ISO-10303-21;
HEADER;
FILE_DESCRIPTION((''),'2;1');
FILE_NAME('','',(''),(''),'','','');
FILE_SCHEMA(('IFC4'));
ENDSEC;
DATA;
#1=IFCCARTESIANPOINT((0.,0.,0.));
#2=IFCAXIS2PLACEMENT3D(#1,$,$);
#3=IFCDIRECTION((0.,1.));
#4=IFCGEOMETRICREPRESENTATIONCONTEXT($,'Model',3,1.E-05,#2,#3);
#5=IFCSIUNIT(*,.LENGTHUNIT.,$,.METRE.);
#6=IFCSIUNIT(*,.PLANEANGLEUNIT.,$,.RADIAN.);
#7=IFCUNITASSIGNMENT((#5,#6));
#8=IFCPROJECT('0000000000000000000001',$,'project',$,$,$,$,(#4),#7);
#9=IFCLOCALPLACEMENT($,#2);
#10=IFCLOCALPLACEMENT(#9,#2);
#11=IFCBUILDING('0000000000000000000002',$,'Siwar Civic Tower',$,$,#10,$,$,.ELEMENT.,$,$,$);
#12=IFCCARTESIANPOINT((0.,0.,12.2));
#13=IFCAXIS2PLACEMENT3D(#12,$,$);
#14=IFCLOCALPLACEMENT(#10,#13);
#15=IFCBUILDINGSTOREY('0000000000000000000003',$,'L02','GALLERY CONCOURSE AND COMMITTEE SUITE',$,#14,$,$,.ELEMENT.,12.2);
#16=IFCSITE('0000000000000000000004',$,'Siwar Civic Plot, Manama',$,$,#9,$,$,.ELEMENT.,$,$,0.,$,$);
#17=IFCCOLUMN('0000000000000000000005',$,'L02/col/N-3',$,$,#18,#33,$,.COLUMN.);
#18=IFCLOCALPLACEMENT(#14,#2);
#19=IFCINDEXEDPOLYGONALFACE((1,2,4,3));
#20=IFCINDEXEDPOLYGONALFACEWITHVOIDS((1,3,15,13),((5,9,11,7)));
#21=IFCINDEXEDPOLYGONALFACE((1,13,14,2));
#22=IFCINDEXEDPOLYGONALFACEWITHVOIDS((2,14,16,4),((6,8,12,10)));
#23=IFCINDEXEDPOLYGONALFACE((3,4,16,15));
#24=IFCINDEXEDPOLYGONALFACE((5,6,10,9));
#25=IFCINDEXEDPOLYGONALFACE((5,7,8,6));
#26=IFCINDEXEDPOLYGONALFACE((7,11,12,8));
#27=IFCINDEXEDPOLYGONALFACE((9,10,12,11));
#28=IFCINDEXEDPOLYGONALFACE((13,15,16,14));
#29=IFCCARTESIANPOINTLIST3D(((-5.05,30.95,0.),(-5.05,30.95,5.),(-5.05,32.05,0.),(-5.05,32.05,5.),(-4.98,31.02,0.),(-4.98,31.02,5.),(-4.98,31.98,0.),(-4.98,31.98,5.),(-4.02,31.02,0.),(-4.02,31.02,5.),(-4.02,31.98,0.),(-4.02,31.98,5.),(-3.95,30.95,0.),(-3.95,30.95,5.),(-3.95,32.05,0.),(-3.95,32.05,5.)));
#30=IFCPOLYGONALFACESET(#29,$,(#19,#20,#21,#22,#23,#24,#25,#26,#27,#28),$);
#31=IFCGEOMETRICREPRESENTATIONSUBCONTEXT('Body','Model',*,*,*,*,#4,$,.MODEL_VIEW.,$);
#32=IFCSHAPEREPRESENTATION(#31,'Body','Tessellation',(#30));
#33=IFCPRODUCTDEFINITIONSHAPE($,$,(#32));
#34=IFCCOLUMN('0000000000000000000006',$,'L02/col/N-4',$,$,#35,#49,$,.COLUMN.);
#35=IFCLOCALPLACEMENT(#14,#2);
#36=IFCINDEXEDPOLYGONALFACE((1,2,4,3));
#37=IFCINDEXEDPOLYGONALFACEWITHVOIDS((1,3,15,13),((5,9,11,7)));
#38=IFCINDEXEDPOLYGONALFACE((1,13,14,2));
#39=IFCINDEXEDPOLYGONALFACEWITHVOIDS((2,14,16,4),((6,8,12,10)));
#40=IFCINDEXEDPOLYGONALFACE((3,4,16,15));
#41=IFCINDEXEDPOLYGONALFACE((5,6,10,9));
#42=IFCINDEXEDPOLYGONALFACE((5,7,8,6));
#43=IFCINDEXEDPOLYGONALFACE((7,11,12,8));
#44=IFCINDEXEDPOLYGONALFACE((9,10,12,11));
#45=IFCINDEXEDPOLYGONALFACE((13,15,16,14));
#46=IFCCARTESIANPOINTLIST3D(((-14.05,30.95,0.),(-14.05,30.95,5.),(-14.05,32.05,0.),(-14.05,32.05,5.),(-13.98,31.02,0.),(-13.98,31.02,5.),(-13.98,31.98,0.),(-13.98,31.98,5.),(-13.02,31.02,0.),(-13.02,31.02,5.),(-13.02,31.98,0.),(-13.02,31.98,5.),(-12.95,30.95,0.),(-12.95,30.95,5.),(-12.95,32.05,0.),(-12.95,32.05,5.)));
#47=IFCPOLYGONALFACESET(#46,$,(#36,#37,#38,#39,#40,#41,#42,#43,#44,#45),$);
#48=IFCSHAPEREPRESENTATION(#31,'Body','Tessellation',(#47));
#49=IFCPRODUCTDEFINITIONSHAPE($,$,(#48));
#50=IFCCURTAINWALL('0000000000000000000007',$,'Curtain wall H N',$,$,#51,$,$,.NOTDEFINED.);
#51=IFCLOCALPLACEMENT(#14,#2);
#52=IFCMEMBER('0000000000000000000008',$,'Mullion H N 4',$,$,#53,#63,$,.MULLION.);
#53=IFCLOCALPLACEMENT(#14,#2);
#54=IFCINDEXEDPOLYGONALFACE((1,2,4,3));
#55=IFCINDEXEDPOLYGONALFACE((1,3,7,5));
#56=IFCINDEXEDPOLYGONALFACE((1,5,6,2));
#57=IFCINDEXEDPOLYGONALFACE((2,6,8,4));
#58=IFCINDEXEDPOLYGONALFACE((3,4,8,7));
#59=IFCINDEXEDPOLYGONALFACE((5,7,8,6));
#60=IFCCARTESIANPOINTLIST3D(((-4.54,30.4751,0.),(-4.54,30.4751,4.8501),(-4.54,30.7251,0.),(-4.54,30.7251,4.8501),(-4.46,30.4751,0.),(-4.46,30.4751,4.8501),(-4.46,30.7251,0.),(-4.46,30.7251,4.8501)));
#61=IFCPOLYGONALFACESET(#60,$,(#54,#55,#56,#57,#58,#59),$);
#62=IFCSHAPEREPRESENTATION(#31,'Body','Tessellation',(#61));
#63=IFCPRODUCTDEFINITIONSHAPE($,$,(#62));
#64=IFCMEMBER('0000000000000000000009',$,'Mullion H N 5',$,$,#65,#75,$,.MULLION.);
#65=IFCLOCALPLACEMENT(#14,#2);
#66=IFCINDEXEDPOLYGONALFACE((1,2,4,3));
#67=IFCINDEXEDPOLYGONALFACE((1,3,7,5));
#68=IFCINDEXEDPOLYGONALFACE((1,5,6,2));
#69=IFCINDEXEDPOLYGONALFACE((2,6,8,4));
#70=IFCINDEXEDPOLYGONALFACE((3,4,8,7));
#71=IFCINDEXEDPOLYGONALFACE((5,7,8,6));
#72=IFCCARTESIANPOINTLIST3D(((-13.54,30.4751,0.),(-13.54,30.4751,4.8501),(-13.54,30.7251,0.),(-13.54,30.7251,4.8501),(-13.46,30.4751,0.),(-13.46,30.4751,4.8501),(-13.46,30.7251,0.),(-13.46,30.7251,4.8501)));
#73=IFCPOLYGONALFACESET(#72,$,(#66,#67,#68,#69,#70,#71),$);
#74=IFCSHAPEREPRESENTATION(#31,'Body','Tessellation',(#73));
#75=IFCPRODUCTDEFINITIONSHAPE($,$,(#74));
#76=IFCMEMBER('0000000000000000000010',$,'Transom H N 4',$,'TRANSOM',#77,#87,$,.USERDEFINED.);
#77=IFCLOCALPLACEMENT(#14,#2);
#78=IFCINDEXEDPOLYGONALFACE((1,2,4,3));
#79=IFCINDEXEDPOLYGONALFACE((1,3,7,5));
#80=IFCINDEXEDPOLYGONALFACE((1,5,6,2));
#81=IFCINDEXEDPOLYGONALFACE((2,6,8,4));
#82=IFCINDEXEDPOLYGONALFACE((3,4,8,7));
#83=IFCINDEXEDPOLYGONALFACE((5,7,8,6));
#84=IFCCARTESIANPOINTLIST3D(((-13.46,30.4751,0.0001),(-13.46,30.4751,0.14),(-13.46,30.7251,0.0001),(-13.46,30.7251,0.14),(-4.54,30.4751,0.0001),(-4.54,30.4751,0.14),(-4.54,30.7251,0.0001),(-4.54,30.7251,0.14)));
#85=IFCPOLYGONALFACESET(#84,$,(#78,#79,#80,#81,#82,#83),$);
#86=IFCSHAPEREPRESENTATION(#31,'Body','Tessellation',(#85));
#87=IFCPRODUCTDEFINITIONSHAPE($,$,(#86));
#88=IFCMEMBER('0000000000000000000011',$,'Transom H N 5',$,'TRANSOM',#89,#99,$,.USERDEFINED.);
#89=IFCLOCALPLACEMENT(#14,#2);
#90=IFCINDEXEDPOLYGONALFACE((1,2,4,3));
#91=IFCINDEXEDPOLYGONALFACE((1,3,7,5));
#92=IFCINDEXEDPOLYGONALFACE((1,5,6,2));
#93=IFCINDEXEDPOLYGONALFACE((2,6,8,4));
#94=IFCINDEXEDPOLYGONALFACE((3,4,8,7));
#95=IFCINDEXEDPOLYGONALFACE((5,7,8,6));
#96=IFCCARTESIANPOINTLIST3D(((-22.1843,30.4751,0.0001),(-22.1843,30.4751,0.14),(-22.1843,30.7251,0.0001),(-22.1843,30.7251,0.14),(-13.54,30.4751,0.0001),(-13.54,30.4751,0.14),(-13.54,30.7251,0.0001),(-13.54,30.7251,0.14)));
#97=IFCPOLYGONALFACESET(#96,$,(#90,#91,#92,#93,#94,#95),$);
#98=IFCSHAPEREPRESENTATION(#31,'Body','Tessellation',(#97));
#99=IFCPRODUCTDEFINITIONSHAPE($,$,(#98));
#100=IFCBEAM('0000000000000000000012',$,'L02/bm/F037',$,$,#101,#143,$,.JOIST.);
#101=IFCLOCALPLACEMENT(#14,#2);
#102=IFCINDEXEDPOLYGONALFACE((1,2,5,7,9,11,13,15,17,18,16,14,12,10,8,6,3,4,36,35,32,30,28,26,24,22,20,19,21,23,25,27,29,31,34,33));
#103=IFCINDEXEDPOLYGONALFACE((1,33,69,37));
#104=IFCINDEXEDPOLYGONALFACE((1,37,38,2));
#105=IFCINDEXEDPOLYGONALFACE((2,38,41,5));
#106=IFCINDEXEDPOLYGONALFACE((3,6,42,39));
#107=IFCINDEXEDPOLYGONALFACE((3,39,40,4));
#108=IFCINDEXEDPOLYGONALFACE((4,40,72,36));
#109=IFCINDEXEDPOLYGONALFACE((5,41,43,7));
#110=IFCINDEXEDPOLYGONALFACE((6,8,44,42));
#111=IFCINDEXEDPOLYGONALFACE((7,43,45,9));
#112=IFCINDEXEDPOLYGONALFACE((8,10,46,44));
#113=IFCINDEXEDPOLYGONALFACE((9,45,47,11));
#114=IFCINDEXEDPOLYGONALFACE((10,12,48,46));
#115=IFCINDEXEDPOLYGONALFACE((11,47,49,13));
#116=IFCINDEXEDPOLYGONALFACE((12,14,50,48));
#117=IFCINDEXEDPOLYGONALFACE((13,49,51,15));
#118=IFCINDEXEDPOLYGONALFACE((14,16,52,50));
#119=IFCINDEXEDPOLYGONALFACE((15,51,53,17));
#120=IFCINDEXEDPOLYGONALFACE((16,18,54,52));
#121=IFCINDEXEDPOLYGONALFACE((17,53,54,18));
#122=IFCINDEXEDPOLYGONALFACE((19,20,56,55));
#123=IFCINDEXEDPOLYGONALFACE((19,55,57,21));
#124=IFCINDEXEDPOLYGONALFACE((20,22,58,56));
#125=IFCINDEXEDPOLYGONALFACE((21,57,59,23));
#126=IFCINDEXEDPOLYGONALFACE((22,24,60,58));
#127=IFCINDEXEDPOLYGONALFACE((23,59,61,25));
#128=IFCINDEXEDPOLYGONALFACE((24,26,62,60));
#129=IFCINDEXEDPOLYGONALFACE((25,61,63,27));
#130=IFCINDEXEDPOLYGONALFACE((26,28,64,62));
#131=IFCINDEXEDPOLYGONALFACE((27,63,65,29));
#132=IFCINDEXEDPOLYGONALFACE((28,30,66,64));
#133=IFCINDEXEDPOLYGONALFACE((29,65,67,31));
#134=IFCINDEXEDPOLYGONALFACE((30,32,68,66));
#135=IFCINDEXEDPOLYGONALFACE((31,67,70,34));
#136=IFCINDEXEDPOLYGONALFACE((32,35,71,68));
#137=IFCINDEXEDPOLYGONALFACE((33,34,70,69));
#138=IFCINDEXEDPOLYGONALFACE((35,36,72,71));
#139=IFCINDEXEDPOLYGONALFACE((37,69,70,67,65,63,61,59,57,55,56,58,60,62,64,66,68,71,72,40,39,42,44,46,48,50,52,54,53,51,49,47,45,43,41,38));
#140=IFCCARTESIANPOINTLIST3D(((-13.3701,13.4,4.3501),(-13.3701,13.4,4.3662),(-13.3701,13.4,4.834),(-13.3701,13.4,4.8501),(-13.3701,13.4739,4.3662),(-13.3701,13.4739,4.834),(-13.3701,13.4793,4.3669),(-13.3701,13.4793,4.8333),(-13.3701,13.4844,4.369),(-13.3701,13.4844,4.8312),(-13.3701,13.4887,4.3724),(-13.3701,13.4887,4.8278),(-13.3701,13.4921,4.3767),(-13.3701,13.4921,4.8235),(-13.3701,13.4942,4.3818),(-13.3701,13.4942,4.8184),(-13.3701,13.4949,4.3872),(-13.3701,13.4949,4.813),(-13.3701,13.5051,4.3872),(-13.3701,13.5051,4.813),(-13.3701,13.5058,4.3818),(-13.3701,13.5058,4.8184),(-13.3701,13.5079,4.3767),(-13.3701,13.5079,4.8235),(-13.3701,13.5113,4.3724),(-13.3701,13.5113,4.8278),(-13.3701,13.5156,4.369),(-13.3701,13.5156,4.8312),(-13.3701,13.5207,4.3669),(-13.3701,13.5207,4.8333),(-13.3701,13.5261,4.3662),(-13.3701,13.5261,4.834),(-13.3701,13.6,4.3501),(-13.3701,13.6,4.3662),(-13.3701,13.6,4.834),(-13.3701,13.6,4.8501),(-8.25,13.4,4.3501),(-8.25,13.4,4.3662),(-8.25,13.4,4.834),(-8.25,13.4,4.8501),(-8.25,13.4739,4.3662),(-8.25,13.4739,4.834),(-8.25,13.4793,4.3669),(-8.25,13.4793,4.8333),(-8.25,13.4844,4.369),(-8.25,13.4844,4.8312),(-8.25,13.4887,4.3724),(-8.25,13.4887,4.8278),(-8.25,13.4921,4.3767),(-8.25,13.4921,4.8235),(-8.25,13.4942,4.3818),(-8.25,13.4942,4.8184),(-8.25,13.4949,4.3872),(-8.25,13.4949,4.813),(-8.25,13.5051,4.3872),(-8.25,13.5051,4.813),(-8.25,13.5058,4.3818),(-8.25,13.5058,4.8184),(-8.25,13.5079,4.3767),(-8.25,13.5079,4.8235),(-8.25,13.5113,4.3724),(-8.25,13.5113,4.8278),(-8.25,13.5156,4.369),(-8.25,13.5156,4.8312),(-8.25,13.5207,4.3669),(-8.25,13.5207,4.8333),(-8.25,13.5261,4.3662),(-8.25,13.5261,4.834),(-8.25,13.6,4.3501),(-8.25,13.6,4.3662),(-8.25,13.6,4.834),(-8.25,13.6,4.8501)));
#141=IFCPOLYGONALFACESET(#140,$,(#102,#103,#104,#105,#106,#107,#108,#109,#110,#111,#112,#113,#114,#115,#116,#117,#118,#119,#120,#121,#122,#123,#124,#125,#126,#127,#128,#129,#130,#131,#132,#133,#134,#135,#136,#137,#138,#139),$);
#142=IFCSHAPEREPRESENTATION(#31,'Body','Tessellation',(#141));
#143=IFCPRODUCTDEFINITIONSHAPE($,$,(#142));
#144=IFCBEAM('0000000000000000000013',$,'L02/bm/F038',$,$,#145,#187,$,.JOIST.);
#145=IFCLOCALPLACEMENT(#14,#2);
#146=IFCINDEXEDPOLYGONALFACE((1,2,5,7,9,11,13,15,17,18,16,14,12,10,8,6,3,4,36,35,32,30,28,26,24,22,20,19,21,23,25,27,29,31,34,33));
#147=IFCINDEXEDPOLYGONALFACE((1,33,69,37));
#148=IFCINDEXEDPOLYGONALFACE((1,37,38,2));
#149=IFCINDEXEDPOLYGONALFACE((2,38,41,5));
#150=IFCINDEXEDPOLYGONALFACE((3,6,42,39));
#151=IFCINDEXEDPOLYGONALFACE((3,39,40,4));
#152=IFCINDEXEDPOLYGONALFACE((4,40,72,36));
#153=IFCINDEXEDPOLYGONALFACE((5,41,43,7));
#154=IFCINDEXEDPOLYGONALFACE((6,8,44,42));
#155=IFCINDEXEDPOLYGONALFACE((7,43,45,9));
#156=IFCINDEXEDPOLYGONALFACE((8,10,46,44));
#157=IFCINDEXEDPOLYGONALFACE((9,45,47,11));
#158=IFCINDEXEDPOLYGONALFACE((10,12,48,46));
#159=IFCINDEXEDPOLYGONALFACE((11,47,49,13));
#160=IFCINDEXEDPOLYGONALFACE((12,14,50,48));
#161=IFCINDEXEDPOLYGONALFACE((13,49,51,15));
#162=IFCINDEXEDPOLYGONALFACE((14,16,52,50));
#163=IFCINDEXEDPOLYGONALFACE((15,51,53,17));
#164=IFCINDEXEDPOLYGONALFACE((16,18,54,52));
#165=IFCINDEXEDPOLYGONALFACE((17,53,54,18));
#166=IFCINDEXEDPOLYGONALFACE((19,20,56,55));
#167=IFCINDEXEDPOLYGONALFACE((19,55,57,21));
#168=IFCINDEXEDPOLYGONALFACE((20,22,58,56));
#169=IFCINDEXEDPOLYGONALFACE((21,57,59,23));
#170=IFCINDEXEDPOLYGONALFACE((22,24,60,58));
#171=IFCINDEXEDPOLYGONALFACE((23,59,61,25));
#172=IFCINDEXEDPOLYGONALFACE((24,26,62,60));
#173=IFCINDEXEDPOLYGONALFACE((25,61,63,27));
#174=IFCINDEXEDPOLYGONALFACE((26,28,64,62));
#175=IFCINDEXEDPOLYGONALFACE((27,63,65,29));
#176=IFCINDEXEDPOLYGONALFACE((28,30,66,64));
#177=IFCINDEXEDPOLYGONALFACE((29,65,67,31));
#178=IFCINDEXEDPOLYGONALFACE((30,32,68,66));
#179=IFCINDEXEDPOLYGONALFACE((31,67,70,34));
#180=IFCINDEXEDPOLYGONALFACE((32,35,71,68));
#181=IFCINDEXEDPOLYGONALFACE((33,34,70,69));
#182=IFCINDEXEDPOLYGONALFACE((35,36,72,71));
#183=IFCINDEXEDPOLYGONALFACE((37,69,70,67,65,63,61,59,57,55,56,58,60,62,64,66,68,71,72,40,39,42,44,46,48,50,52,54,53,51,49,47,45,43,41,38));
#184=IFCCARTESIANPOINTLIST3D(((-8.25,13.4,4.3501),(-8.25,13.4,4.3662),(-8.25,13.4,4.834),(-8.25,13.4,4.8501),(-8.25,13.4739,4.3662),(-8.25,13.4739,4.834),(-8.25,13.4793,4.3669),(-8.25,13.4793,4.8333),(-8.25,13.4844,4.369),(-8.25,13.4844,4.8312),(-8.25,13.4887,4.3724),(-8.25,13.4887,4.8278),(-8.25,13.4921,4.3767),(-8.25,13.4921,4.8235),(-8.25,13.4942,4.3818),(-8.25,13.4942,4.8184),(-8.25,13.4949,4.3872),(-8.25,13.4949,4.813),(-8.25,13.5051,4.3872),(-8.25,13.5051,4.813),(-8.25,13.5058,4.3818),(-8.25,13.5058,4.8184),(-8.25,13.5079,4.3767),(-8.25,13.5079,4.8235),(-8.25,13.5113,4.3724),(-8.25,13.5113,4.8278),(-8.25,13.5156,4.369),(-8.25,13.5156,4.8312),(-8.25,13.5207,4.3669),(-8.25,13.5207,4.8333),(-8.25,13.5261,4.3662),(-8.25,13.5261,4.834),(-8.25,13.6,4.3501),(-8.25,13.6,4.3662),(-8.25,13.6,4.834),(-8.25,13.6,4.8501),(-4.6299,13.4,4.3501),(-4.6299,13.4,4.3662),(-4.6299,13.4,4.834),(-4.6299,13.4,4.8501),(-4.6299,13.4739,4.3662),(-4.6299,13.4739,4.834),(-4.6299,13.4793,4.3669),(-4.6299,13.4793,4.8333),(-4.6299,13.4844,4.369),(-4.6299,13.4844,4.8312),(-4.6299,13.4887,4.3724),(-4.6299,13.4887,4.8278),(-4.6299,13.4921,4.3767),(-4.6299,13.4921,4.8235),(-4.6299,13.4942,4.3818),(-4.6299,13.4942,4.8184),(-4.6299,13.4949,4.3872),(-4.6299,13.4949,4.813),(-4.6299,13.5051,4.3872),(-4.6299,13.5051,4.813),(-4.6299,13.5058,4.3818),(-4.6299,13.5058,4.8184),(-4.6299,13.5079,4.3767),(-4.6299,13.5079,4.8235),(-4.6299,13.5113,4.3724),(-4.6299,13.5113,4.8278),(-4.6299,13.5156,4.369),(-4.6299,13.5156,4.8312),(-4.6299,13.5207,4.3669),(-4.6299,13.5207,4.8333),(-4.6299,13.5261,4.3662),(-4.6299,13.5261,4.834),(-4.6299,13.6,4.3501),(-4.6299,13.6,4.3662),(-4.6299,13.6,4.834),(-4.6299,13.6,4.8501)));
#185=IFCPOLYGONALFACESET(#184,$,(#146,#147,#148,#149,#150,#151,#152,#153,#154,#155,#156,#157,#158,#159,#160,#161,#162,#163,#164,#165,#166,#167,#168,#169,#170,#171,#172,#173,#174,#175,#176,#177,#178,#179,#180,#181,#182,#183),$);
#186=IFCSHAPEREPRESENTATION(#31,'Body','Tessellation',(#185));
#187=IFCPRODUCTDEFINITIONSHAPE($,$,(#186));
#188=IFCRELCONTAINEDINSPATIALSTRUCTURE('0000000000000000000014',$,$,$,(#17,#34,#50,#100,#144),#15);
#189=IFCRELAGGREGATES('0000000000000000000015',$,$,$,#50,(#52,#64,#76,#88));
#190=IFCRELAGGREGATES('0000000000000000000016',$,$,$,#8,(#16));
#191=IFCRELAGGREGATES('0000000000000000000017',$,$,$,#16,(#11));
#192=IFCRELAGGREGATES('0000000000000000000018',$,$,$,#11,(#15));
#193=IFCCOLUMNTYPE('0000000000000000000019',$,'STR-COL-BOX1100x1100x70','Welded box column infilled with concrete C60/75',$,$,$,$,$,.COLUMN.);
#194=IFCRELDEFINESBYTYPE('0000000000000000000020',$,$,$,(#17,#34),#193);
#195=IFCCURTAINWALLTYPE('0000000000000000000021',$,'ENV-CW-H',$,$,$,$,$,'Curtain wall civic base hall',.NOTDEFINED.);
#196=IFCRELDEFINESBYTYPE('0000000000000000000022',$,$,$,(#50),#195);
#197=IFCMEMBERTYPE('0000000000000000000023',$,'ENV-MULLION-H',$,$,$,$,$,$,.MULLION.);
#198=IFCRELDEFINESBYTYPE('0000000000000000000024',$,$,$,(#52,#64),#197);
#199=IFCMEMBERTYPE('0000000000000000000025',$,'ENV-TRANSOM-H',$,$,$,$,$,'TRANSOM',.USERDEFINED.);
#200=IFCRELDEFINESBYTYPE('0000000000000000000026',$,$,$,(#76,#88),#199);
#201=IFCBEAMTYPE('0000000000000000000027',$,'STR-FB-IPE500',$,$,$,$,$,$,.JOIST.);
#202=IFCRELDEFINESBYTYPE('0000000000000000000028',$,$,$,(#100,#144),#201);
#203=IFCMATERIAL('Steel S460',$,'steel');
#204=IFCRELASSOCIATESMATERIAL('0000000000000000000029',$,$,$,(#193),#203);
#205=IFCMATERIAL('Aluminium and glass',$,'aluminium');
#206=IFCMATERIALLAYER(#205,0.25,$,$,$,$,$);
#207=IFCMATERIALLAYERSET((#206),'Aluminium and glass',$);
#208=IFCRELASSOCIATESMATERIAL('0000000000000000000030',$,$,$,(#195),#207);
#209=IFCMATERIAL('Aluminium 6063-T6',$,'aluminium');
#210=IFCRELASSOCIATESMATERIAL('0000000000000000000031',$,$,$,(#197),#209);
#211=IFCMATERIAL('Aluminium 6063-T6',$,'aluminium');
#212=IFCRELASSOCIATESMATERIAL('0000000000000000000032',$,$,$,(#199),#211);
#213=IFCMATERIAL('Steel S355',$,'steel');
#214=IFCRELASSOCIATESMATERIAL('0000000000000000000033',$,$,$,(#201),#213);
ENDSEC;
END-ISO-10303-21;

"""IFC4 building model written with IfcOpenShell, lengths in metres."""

from ifc_helpers import new_model, si_unit, direction, frame, origin, origin_2d, place, context, subcontext, project, spatial, rectangle, hollow_rectangle, i_section, extrude, material, layer, layer_set, material_profile, profile_set, type_object, element, aggregate, save


model = new_model("IFC4")

# Units and contexts
model_context = context("Model", 3, precision=1e-05, world=origin(), true_north=direction((0.0, 1.0)))
body_context = subcontext(model_context, "Body", "Model", "MODEL_VIEW")
ifc_project = project(units=[si_unit("LENGTHUNIT", "METRE"), si_unit("PLANEANGLEUNIT", "RADIAN")], contexts=[model_context])

# Site, building, storey
site_placement = place(None, origin())
site = spatial("IfcSite", under=ifc_project, at=site_placement, Name="Siwar Civic Plot, Manama", CompositionType="ELEMENT", RefElevation=0.0)
building_placement = place(site_placement, origin())
building = spatial("IfcBuilding", under=site, at=building_placement, Name="Siwar Civic Tower", CompositionType="ELEMENT")
storey_placement = place(building_placement, frame((0.0, 0.0, 12.2)))
storey = spatial("IfcBuildingStorey", under=building, at=storey_placement, Name="L02", Description="GALLERY CONCOURSE AND COMMITTEE SUITE", CompositionType="ELEMENT", Elevation=12.2)

# Columns
ifc_material_1 = material(Name="Steel S460", Category="steel")
ifc_material_profile_1 = material_profile(ifc_material_1, hollow_rectangle(XDim=1.1001, YDim=1.1001, WallThickness=0.0701, at=origin_2d()), Name="BOX1100x1100x70")
ifc_profile_set_1 = profile_set([ifc_material_profile_1], Name="Steel S460")
column_type = type_object("IfcColumnType", Name="STR-COL-BOX1100x1100x70", Description="Welded box column infilled with concrete C60/75", PredefinedType="COLUMN", material=ifc_profile_set_1)
for number, where, z_axis, x_axis, name in (
    (1, (-4.5, 31.5, 0.0), (0.0, 0.0, 1.0), (1.0, 0.0, 0.0), "L02/col/N-3"),
    (2, (-13.5, 31.5, 0.0), (0.0, 0.0, 1.0), (1.0, 0.0, 0.0), "L02/col/N-4"),
):
    element("IfcColumn", number, at=place(storey_placement, frame(where, z_axis=z_axis, x_axis=x_axis)), inside=storey, type_object=column_type, Name=name, PredefinedType="COLUMN", context=body_context, shape_type="SweptSolid", body=[
        extrude(hollow_rectangle(XDim=1.1001, YDim=1.1001, WallThickness=0.0701, at=origin_2d()), origin(), (0.0, 0.0, 1.0), 5.0),
    ])

# Curtain wall, members
ifc_material_2 = material(Name="Aluminium and glass", Category="aluminium")
ifc_layer_1 = layer(ifc_material_2, 0.25)
ifc_layer_set_1 = layer_set([ifc_layer_1], Name="Aluminium and glass")
curtain_wall_type = type_object("IfcCurtainWallType", Name="ENV-CW-H", ElementType="Curtain wall civic base hall", PredefinedType="NOTDEFINED", material=ifc_layer_set_1)
curtain_wall_placement = place(storey_placement, origin())
curtain_wall = element("IfcCurtainWall", 3, at=curtain_wall_placement, inside=storey, type_object=curtain_wall_type, Name="Curtain wall H N", PredefinedType="NOTDEFINED")
ifc_material_3 = material(Name="Aluminium 6063-T6", Category="aluminium")
ifc_material_profile_2 = material_profile(ifc_material_3, rectangle(XDim=0.25, YDim=0.0801, at=origin_2d()), Name="AL 250x80")
ifc_profile_set_2 = profile_set([ifc_material_profile_2], Name="Aluminium 6063-T6")
member_type_1 = type_object("IfcMemberType", Name="ENV-MULLION-H", PredefinedType="MULLION", material=ifc_profile_set_2)
member_1_placement = place(storey_placement, frame((-4.5, 30.6001, 0.0), z_axis=(0.0, 0.0, 1.0), x_axis=(0.0, -1.0, 0.0)))
member_1 = element("IfcMember", 4, at=member_1_placement, type_object=member_type_1, Name="Mullion H N 4", PredefinedType="MULLION", context=body_context, shape_type="SweptSolid", body=[
    extrude(rectangle(XDim=0.25, YDim=0.0801, at=origin_2d()), origin(), (0.0, 0.0, 1.0), 4.8501),
])
member_2_placement = place(storey_placement, frame((-13.5, 30.6001, 0.0), z_axis=(0.0, 0.0, 1.0), x_axis=(0.0, -1.0, 0.0)))
member_2 = element("IfcMember", 5, at=member_2_placement, type_object=member_type_1, Name="Mullion H N 5", PredefinedType="MULLION", context=body_context, shape_type="SweptSolid", body=[
    extrude(rectangle(XDim=0.25, YDim=0.0801, at=origin_2d()), origin(), (0.0, 0.0, 1.0), 4.8501),
])
ifc_material_4 = material(Name="Aluminium 6063-T6", Category="aluminium")
ifc_material_profile_3 = material_profile(ifc_material_4, rectangle(XDim=0.25, YDim=0.1399, at=origin_2d()), Name="AL 250x140")
ifc_profile_set_3 = profile_set([ifc_material_profile_3], Name="Aluminium 6063-T6")
member_type_2 = type_object("IfcMemberType", Name="ENV-TRANSOM-H", ElementType="TRANSOM", PredefinedType="USERDEFINED", material=ifc_profile_set_3)
member_3_placement = place(storey_placement, frame((-4.54, 30.6001, 0.0701), z_axis=(-1.0, 0.0, 0.0), x_axis=(0.0, -1.0, 0.0)))
member_3 = element("IfcMember", 6, at=member_3_placement, type_object=member_type_2, Name="Transom H N 4", ObjectType="TRANSOM", PredefinedType="USERDEFINED", context=body_context, shape_type="SweptSolid", body=[
    extrude(rectangle(XDim=0.25, YDim=0.1399, at=origin_2d()), origin(), (0.0, 0.0, 1.0), 8.9199),
])
member_4_placement = place(storey_placement, frame((-13.54, 30.6001, 0.0701), z_axis=(-1.0, 0.0, 0.0), x_axis=(0.0, -1.0, 0.0)))
member_4 = element("IfcMember", 7, at=member_4_placement, type_object=member_type_2, Name="Transom H N 5", ObjectType="TRANSOM", PredefinedType="USERDEFINED", context=body_context, shape_type="SweptSolid", body=[
    extrude(rectangle(XDim=0.25, YDim=0.1399, at=origin_2d()), origin(), (0.0, 0.0, 1.0), 8.6443),
])

# Beams
ifc_material_5 = material(Name="Steel S355", Category="steel")
ifc_material_profile_4 = material_profile(ifc_material_5, i_section(OverallWidth=0.2, OverallDepth=0.5, WebThickness=0.0103, FlangeThickness=0.0161, FilletRadius=0.021, at=origin_2d()), Name="IPE500")
ifc_profile_set_4 = profile_set([ifc_material_profile_4], Name="Steel S355")
beam_type_1 = type_object("IfcBeamType", Name="STR-FB-IPE500", PredefinedType="JOIST", material=ifc_profile_set_4)
beam_1_placement = place(storey_placement, frame((-13.3701, 13.5, 4.6001), z_axis=(1.0, 0.0, 0.0), x_axis=(0.0, 1.0, 0.0)))
element("IfcBeam", 8, at=beam_1_placement, inside=storey, type_object=beam_type_1, Name="L02/bm/F037", PredefinedType="JOIST", context=body_context, shape_type="SweptSolid", body=[
    extrude(i_section(OverallWidth=0.2, OverallDepth=0.5, WebThickness=0.0103, FlangeThickness=0.0161, FilletRadius=0.021, at=origin_2d()), origin(), (0.0, 0.0, 1.0), 5.1201),
])
beam_2_placement = place(storey_placement, frame((-8.25, 13.5, 4.6001), z_axis=(1.0, 0.0, 0.0), x_axis=(0.0, 1.0, 0.0)))
element("IfcBeam", 9, at=beam_2_placement, inside=storey, type_object=beam_type_1, Name="L02/bm/F038", PredefinedType="JOIST", context=body_context, shape_type="SweptSolid", body=[
    extrude(i_section(OverallWidth=0.2, OverallDepth=0.5, WebThickness=0.0103, FlangeThickness=0.0161, FilletRadius=0.021, at=origin_2d()), origin(), (0.0, 0.0, 1.0), 3.6201),
])

aggregate(curtain_wall, [member_1, member_2, member_3, member_4])

save(model, "model.ifc")
